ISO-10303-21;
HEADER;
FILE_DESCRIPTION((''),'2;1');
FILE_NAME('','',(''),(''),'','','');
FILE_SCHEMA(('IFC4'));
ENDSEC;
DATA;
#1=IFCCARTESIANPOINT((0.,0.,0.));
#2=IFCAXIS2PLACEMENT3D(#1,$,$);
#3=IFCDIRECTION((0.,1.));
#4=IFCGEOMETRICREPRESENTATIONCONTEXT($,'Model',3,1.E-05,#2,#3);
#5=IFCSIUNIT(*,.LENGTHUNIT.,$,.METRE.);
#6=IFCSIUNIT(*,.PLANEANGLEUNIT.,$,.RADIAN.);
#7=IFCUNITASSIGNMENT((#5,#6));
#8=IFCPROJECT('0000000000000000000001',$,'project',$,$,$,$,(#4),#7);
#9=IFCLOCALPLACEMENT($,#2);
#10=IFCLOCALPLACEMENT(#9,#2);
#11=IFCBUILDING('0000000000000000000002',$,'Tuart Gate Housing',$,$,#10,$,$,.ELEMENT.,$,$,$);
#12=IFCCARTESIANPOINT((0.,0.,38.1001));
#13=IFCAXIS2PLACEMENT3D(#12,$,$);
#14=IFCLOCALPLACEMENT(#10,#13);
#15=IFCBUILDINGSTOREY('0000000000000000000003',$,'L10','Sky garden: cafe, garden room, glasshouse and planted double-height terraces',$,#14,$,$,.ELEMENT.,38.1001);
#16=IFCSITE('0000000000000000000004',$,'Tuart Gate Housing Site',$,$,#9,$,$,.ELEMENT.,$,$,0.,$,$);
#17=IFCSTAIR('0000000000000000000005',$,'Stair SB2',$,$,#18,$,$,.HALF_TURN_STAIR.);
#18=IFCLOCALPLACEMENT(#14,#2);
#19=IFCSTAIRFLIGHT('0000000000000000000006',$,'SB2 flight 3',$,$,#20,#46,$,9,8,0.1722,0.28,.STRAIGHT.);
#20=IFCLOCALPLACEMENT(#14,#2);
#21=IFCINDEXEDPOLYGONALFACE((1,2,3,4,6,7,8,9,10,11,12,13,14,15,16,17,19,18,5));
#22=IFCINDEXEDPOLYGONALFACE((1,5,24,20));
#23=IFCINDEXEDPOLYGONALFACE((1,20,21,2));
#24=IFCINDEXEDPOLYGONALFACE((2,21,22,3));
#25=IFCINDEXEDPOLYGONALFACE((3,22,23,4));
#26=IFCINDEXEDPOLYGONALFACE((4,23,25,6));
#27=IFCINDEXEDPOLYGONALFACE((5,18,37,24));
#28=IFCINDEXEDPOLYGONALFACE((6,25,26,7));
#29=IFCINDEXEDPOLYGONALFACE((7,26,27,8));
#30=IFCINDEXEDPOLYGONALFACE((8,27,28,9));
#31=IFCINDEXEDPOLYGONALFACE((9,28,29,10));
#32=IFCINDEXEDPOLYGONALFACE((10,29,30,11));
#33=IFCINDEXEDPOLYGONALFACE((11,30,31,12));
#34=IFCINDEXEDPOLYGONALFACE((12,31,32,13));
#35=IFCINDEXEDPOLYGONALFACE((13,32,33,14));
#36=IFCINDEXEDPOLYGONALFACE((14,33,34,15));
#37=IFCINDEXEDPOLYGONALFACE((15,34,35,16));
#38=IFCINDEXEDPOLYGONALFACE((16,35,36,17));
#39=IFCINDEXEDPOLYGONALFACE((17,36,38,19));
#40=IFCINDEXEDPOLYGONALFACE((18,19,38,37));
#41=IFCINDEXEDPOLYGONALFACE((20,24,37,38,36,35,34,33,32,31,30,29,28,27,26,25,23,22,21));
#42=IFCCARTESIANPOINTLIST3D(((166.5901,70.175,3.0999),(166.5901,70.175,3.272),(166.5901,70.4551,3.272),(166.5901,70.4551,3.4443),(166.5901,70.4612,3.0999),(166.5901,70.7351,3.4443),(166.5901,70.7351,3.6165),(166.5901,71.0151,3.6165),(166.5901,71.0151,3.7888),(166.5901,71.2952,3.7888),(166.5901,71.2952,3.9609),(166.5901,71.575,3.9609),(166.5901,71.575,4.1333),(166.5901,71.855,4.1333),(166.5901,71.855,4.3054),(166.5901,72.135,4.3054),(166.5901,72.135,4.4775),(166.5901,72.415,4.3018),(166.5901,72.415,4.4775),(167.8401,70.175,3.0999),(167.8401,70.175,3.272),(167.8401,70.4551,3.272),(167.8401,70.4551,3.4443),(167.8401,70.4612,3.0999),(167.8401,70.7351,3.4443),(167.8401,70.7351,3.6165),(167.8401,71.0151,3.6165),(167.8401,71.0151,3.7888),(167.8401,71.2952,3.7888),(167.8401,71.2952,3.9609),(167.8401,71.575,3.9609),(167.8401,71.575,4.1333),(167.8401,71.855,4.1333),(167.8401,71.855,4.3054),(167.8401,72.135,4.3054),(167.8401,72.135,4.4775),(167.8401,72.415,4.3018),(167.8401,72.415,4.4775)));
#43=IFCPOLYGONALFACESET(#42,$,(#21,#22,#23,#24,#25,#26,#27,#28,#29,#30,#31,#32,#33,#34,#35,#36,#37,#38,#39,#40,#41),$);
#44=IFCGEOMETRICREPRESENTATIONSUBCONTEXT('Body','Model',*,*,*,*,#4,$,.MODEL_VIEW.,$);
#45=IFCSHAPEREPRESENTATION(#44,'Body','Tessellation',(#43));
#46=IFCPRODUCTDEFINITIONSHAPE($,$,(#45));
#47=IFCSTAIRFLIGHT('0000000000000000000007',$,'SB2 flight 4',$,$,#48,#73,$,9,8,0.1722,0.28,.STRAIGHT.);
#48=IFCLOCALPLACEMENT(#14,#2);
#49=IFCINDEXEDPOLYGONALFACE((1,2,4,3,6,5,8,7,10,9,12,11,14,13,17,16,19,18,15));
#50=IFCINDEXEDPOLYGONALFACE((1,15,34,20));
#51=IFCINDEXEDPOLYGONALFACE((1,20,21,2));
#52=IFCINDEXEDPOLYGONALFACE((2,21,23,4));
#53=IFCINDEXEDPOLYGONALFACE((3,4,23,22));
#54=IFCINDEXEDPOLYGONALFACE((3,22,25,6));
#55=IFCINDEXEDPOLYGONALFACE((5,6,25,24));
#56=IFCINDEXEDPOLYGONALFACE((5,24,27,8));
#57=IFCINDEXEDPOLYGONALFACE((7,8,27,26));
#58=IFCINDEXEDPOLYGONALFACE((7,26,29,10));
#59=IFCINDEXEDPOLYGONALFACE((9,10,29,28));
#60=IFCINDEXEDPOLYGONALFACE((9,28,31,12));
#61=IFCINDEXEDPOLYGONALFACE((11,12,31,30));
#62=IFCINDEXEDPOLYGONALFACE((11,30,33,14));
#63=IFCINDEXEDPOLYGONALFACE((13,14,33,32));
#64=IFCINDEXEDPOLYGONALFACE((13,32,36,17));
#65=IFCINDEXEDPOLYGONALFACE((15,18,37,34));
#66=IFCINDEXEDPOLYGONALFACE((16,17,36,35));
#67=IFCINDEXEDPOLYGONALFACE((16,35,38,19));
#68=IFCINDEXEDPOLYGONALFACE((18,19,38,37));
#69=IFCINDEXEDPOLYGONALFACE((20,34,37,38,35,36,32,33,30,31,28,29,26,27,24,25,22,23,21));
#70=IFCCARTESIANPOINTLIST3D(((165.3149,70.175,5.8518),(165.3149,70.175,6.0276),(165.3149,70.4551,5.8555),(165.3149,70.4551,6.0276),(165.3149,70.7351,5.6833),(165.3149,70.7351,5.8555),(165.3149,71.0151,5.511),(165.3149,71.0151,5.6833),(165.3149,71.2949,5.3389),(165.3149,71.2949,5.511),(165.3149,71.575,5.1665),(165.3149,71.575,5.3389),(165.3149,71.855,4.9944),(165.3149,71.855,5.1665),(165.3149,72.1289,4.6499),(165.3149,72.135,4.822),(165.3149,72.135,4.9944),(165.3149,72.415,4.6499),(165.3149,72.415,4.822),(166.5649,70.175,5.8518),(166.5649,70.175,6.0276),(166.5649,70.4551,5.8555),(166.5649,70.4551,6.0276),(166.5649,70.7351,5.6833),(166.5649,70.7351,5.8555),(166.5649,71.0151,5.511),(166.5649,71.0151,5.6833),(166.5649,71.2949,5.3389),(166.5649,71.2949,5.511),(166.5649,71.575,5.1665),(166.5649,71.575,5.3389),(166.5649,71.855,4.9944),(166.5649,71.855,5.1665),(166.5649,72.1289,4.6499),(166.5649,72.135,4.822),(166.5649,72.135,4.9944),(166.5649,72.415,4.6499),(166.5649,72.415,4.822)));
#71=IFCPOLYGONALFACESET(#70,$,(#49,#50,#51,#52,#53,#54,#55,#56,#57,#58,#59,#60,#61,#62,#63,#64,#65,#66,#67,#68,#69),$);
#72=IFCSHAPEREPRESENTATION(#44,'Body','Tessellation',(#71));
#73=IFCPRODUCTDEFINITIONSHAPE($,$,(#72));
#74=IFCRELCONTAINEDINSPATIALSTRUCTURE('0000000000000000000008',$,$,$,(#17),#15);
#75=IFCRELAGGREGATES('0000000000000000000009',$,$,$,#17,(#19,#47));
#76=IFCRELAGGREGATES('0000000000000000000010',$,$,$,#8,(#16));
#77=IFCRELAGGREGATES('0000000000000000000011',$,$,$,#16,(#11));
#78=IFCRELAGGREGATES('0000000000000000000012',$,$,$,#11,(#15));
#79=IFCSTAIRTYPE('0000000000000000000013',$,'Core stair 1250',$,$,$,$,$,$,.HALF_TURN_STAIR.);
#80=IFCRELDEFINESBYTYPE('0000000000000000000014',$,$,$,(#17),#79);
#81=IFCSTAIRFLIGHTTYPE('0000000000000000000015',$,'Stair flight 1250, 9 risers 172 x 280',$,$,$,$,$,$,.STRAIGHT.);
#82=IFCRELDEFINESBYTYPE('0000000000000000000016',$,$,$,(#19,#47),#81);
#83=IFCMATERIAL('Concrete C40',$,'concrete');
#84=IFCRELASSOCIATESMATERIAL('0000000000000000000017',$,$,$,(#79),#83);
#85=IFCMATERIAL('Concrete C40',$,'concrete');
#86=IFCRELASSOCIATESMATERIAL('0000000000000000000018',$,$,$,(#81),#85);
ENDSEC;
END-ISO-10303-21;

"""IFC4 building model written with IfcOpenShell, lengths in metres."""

from ifc_helpers import new_model, si_unit, direction, frame, origin, place, context, subcontext, project, spatial, polyline, outline, extrude, material, type_object, element, aggregate, save


model = new_model("IFC4")

# Units and contexts
model_context = context("Model", 3, precision=1e-05, world=origin(), true_north=direction((0.0, 1.0)))
body_context = subcontext(model_context, "Body", "Model", "MODEL_VIEW")
ifc_project = project(units=[si_unit("LENGTHUNIT", "METRE"), si_unit("PLANEANGLEUNIT", "RADIAN")], contexts=[model_context])

# Site, building, storey
site_placement = place(None, origin())
site = spatial("IfcSite", under=ifc_project, at=site_placement, Name="Tuart Gate Housing Site", CompositionType="ELEMENT", RefElevation=0.0)
building_placement = place(site_placement, origin())
building = spatial("IfcBuilding", under=site, at=building_placement, Name="Tuart Gate Housing", CompositionType="ELEMENT")
storey_placement = place(building_placement, frame((0.0, 0.0, 38.1001)))
storey = spatial("IfcBuildingStorey", under=building, at=storey_placement, Name="L10", Description="Sky garden: cafe, garden room, glasshouse and planted double-height terraces", CompositionType="ELEMENT", Elevation=38.1001)

# Stair, stair flights
ifc_material_1 = material(Name="Concrete C40", Category="concrete")
stair_type = type_object("IfcStairType", Name="Core stair 1250", PredefinedType="HALF_TURN_STAIR", material=ifc_material_1)
stair_placement = place(storey_placement, origin())
stair = element("IfcStair", 1, at=stair_placement, inside=storey, type_object=stair_type, Name="Stair SB2", PredefinedType="HALF_TURN_STAIR")
ifc_material_2 = material(Name="Concrete C40", Category="concrete")
stair_flight_type = type_object("IfcStairFlightType", Name="Stair flight 1250, 9 risers 172 x 280", PredefinedType="STRAIGHT", material=ifc_material_2)
stair_flight_1_placement = place(storey_placement, frame((167.2151, 70.175, 3.0999), z_axis=(0.0, 0.0, 1.0), x_axis=(0.0, 1.0, 0.0)))
stair_flight_1 = element("IfcStairFlight", 2, at=stair_flight_1_placement, type_object=stair_flight_type, Name="SB2 flight 3", NumberOfRisers=9, NumberOfTreads=8, PredefinedType="STRAIGHT", RiserHeight=0.1722, TreadLength=0.28, context=body_context, shape_type="SweptSolid", body=[
    extrude(outline(polyline([(0.0, 0.0), (0.0, 0.1721), (0.28, 0.1721), (0.28, 0.3445), (0.5601, 0.3445), (0.5601, 0.5166), (0.8401, 0.5166), (0.8401, 0.689), (1.1201, 0.689), (1.1201, 0.8611), (1.3999, 0.8611), (1.3999, 1.0334), (1.6799, 1.0334), (1.6799, 1.2056), (1.96, 1.2056), (1.96, 1.3777), (2.24, 1.3777), (2.24, 1.55), (2.24, 1.2019), (0.2861, 0.0), (0.0, 0.0)])), frame((0.0, 0.625, 0.0), z_axis=(0.0, -1.0, 0.0), x_axis=(1.0, 0.0, 0.0)), (0.0, 0.0, 1.0), 1.25),
])
stair_flight_2_placement = place(storey_placement, frame((165.9399, 72.415, 4.6499), z_axis=(0.0, 0.0, 1.0), x_axis=(0.0, -1.0, 0.0)))
stair_flight_2 = element("IfcStairFlight", 3, at=stair_flight_2_placement, type_object=stair_flight_type, Name="SB2 flight 4", NumberOfRisers=9, NumberOfTreads=8, PredefinedType="STRAIGHT", RiserHeight=0.1722, TreadLength=0.28, context=body_context, shape_type="SweptSolid", body=[
    extrude(outline(polyline([(0.0, 0.0), (0.0, 0.1721), (0.28, 0.1721), (0.28, 0.3445), (0.5601, 0.3445), (0.5601, 0.5166), (0.8401, 0.5166), (0.8401, 0.689), (1.1201, 0.689), (1.1201, 0.8611), (1.3999, 0.8611), (1.3999, 1.0334), (1.6799, 1.0334), (1.6799, 1.2056), (1.96, 1.2056), (1.96, 1.3777), (2.24, 1.3777), (2.24, 1.55), (2.24, 1.2019), (0.2861, 0.0), (0.0, 0.0)])), frame((0.0, 0.625, 0.0), z_axis=(0.0, -1.0, 0.0), x_axis=(1.0, 0.0, 0.0)), (0.0, 0.0, 1.0), 1.25),
])
aggregate(stair, [stair_flight_1, stair_flight_2])

save(model, "model.ifc")
